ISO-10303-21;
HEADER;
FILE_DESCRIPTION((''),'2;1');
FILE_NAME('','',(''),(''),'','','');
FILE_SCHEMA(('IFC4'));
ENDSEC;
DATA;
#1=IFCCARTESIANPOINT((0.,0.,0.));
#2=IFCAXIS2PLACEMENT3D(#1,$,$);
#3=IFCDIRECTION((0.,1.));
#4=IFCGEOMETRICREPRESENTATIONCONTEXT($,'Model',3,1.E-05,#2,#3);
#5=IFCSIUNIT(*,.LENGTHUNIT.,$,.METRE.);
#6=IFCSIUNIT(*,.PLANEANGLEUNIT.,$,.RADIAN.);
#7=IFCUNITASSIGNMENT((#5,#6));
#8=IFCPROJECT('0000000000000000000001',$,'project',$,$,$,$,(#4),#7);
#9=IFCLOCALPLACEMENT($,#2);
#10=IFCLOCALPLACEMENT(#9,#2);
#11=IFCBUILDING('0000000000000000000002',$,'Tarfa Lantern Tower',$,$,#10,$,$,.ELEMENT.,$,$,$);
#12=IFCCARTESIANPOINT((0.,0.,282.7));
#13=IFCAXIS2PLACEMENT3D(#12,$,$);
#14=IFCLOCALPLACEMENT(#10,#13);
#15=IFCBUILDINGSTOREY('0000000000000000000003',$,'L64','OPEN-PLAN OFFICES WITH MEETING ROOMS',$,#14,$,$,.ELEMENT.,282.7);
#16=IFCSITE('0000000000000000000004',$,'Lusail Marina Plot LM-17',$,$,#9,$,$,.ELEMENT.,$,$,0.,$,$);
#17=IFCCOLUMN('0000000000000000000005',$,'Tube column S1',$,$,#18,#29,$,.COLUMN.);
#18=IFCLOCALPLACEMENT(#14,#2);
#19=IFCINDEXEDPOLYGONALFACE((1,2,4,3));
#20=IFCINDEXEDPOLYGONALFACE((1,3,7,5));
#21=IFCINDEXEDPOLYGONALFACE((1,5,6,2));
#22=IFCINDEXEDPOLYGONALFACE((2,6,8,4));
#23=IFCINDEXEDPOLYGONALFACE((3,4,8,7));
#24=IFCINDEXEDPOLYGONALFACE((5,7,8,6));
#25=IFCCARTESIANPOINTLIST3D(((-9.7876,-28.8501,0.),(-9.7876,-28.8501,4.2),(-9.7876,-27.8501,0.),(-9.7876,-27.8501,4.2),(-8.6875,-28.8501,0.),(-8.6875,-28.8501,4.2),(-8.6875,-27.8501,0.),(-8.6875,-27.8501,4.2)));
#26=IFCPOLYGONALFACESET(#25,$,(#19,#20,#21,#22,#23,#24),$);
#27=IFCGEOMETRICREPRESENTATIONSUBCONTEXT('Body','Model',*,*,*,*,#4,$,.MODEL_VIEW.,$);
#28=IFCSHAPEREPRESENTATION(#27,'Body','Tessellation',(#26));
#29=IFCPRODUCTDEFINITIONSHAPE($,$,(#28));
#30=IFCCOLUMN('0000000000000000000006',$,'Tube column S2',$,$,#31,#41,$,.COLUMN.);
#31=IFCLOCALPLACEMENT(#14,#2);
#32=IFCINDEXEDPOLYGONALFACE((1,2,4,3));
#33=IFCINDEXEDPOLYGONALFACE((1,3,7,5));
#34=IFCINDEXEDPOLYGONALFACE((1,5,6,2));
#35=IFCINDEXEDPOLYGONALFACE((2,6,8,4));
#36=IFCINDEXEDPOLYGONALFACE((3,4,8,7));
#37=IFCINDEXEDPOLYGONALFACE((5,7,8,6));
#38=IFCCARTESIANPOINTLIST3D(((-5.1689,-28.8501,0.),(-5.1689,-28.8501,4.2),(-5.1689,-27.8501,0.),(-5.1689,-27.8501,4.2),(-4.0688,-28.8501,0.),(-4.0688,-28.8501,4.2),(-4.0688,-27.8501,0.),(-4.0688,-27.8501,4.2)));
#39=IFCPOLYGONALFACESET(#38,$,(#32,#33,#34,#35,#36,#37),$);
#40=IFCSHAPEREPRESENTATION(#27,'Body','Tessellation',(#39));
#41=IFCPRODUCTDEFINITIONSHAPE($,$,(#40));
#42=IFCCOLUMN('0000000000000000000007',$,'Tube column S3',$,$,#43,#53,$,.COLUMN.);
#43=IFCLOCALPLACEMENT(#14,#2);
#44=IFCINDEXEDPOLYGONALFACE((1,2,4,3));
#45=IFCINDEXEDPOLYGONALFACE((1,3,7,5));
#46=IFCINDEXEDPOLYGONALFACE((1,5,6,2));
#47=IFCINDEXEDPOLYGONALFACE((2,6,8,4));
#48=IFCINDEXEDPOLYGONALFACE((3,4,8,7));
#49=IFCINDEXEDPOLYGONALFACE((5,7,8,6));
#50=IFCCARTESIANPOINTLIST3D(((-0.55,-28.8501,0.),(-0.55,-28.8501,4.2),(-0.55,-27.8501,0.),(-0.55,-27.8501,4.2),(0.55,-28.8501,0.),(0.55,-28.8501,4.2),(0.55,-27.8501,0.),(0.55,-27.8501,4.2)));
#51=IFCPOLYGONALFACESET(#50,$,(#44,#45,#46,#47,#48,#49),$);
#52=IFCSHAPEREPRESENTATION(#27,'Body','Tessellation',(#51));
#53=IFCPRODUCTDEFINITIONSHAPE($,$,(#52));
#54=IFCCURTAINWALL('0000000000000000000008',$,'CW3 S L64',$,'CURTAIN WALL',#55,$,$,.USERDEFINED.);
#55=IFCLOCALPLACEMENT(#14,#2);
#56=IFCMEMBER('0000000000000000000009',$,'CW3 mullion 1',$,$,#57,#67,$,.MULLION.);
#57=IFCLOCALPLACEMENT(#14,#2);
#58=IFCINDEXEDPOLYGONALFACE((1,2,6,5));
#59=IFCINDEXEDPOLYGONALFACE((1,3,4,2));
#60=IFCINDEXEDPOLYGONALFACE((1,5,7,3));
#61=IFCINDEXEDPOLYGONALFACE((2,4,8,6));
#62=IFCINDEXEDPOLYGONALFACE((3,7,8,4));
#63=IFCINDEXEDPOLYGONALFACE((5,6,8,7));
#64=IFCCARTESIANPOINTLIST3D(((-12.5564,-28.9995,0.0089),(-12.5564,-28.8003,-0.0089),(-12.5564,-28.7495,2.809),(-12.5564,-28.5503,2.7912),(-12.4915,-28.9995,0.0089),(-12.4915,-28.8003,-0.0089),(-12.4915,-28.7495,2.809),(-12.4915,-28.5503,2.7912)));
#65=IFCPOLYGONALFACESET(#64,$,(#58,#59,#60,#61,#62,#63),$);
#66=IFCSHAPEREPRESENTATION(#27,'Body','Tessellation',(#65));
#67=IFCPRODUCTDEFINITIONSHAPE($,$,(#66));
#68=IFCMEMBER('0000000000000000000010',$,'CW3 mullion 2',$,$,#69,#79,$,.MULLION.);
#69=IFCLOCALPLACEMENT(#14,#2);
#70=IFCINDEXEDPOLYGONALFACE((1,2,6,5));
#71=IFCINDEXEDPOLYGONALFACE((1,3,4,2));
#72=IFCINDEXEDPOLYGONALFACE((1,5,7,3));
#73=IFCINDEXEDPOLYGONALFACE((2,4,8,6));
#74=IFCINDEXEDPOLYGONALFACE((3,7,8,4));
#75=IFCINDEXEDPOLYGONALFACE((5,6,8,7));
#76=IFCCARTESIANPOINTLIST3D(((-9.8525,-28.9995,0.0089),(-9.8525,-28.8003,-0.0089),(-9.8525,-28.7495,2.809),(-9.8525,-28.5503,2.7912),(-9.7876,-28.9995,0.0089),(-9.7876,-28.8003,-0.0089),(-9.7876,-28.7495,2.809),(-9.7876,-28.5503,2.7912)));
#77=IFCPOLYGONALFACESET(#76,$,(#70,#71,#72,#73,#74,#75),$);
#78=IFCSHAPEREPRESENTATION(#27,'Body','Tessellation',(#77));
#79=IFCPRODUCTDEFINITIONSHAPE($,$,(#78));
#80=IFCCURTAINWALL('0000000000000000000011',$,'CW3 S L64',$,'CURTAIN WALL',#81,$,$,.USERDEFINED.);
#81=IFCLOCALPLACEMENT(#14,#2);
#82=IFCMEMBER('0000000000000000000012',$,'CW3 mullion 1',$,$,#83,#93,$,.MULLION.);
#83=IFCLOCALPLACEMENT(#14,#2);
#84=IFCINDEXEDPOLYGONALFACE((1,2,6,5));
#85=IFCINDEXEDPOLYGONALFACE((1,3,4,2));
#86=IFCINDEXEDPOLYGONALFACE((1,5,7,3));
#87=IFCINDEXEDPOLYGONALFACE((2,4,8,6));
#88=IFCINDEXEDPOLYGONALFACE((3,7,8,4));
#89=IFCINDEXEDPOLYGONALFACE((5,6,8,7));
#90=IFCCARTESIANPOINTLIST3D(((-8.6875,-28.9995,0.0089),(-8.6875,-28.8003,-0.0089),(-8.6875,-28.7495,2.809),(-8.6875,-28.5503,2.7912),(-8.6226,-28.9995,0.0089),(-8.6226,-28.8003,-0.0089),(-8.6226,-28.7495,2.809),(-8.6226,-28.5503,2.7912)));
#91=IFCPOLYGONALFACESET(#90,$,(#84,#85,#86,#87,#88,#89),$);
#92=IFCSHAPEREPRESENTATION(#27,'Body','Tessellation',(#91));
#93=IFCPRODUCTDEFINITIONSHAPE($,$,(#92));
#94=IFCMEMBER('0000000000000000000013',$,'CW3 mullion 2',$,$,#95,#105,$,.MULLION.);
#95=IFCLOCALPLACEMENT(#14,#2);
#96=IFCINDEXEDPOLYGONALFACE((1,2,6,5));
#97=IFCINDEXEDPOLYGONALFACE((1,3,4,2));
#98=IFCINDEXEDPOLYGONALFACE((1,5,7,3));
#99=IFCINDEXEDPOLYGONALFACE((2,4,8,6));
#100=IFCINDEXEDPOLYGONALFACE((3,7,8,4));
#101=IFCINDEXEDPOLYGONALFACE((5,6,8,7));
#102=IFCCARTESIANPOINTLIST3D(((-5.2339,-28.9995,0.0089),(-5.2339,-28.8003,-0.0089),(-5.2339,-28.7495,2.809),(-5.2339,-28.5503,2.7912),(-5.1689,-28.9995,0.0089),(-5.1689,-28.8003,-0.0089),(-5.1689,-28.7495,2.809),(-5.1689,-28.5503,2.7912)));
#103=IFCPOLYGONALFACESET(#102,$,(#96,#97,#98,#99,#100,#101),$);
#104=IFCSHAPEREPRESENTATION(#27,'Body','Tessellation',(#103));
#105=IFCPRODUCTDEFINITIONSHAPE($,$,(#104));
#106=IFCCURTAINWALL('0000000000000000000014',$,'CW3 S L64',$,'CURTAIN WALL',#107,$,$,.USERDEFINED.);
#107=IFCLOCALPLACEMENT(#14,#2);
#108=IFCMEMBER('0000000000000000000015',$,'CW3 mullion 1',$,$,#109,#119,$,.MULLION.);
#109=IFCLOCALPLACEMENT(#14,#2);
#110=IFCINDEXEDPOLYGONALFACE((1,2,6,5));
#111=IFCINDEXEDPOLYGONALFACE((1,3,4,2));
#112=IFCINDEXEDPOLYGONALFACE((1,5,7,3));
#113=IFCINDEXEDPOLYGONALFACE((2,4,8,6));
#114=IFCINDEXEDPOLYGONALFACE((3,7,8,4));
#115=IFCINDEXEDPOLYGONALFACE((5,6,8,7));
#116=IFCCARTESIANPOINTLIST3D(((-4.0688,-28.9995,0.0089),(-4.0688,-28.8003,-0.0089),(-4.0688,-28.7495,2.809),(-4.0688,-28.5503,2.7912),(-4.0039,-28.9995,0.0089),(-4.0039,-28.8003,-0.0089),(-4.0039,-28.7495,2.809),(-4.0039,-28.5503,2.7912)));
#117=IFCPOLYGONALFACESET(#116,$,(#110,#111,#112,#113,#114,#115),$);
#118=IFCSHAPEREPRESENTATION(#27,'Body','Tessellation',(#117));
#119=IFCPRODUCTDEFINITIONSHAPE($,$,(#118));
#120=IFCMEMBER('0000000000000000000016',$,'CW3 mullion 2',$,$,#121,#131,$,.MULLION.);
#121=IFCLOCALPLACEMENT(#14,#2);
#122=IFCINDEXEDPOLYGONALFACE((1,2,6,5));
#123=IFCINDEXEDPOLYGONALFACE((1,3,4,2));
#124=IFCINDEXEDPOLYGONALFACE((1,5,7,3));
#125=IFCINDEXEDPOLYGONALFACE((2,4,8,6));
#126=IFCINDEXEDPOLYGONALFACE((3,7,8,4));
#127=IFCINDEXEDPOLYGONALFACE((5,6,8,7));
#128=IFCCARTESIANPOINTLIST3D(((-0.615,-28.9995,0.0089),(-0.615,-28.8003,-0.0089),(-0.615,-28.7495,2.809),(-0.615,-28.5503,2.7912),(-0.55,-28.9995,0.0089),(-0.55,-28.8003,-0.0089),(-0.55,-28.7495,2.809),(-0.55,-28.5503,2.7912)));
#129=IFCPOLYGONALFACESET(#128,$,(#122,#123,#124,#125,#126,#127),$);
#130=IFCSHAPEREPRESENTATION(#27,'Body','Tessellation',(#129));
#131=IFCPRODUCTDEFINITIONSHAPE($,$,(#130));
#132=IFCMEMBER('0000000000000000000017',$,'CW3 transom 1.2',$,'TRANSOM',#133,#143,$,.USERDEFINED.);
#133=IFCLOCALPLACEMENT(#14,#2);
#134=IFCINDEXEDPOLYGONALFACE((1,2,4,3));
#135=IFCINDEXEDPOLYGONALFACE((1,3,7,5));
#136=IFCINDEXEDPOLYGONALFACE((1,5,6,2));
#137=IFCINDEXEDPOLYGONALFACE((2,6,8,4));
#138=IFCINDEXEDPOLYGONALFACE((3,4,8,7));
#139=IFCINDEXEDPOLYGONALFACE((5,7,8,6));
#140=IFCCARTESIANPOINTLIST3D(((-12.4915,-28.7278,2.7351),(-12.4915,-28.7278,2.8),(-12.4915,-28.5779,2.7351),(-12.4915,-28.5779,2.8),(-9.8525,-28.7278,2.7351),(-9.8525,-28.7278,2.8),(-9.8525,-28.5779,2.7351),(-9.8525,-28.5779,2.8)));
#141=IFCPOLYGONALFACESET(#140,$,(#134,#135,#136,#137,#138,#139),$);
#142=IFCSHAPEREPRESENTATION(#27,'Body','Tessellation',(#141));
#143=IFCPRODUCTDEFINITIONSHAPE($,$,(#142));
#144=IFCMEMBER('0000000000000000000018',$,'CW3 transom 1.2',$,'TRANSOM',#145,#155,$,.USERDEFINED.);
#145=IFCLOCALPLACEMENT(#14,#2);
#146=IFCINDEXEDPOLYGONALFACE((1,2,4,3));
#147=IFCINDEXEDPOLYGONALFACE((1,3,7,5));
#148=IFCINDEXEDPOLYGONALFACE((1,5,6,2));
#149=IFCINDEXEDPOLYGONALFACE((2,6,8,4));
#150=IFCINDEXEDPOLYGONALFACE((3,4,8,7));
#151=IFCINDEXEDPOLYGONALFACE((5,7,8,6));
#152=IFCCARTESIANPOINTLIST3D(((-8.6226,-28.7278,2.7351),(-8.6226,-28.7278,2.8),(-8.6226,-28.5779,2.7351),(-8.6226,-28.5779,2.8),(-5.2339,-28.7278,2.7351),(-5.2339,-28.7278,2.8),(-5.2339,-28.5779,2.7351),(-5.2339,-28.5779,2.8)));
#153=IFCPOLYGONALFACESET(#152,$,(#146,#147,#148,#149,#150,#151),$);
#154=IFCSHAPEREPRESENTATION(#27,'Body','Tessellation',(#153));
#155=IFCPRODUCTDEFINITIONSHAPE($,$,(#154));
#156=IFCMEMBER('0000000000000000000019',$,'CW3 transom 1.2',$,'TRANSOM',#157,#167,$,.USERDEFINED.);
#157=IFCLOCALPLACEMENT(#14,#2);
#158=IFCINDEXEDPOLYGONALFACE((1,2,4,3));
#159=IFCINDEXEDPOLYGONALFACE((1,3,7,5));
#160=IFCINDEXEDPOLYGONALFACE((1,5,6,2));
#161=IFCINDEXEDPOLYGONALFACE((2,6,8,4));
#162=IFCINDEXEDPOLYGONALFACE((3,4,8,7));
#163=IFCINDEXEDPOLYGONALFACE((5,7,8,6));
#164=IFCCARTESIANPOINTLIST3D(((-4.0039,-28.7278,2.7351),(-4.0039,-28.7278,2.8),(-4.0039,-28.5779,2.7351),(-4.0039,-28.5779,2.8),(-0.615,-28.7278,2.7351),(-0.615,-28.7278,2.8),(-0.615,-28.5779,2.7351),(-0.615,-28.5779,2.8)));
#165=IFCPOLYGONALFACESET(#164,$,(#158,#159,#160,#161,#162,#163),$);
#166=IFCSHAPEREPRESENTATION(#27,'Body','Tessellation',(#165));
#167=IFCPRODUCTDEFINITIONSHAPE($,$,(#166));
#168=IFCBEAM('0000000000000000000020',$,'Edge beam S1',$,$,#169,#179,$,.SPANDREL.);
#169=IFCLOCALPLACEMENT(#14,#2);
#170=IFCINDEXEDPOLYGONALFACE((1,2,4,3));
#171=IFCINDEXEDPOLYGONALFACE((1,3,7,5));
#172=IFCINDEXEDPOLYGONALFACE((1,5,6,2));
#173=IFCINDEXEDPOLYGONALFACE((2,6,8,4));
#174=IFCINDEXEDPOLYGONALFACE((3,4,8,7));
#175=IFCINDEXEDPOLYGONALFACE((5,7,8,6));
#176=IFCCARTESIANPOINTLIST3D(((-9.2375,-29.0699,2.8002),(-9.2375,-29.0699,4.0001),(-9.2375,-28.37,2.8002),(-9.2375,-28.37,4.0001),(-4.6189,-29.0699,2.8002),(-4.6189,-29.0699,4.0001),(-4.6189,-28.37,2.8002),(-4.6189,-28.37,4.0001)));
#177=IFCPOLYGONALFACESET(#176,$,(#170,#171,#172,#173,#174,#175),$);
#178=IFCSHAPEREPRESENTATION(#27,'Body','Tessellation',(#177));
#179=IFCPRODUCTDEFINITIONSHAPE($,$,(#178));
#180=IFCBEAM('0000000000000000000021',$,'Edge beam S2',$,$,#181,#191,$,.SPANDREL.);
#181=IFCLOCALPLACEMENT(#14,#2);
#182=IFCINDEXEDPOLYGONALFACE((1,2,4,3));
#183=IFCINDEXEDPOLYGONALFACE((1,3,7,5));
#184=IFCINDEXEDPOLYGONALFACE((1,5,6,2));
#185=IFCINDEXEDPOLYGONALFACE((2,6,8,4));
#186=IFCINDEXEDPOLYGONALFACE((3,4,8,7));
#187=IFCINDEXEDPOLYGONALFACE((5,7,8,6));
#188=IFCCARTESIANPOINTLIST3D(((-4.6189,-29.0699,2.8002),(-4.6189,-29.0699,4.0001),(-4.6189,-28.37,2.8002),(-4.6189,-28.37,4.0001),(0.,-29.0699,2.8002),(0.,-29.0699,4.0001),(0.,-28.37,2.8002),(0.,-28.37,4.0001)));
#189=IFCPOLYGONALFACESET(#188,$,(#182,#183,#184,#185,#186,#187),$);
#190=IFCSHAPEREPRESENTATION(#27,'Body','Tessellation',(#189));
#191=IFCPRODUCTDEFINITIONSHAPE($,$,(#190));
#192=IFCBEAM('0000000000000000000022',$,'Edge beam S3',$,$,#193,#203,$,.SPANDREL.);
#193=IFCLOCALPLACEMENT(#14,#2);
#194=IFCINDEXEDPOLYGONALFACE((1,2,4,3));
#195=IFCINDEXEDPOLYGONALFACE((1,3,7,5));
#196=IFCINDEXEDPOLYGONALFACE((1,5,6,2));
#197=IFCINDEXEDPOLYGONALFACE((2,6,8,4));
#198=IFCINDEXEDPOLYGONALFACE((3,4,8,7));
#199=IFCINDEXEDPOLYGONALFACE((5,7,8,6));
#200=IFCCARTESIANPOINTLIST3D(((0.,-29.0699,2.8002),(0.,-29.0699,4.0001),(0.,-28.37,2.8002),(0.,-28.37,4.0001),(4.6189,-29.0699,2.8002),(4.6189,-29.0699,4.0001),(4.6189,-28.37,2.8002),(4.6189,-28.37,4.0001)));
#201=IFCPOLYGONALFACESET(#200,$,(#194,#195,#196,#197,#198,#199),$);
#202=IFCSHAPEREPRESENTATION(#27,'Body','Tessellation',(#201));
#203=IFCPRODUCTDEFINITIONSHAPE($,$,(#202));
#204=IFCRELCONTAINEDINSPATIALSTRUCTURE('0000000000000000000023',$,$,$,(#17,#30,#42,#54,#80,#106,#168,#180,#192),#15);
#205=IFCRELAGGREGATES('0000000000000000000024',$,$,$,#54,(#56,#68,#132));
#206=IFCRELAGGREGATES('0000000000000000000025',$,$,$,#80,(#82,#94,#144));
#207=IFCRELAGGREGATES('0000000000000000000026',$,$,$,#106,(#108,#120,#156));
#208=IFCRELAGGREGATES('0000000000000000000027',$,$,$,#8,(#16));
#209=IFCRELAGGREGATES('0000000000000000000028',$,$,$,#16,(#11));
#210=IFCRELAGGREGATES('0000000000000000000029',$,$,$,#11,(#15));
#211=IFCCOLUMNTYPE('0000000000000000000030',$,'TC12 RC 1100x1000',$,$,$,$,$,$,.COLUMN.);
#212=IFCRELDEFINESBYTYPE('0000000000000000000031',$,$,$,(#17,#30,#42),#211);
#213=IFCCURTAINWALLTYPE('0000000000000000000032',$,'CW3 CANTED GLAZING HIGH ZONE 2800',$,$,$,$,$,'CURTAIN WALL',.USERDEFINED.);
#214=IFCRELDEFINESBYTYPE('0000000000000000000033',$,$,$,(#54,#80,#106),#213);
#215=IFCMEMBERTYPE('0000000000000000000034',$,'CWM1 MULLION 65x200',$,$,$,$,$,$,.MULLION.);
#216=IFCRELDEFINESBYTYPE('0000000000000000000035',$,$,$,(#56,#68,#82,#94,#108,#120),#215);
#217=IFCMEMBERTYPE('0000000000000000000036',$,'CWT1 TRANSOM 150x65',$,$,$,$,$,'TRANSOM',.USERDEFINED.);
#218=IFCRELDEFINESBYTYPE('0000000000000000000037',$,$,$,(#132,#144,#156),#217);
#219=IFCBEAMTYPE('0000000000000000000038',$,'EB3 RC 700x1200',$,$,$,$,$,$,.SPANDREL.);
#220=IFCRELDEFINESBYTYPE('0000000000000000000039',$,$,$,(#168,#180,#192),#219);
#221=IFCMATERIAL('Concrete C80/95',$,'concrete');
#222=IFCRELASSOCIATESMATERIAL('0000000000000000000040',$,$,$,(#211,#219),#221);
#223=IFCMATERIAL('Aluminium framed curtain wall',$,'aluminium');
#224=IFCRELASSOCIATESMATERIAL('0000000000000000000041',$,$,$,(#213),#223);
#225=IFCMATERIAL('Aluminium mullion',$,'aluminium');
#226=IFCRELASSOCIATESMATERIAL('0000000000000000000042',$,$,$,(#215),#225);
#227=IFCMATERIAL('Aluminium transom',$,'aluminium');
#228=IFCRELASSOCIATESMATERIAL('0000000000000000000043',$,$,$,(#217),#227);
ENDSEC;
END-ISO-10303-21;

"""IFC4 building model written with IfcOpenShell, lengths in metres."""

from ifc_helpers import new_model, si_unit, direction, frame, origin, origin_2d, place, context, subcontext, project, spatial, rectangle, extrude, material, material_profile, profile_set, type_object, element, aggregate, save


model = new_model("IFC4")

# Units and contexts
model_context = context("Model", 3, precision=1e-05, world=origin(), true_north=direction((0.0, 1.0)))
body_context = subcontext(model_context, "Body", "Model", "MODEL_VIEW")
ifc_project = project(units=[si_unit("LENGTHUNIT", "METRE"), si_unit("PLANEANGLEUNIT", "RADIAN")], contexts=[model_context])

# Site, building, storey
site_placement = place(None, origin())
site = spatial("IfcSite", under=ifc_project, at=site_placement, Name="Lusail Marina Plot LM-17", CompositionType="ELEMENT", RefElevation=0.0)
building_placement = place(site_placement, origin())
building = spatial("IfcBuilding", under=site, at=building_placement, Name="Tarfa Lantern Tower", CompositionType="ELEMENT")
storey_placement = place(building_placement, frame((0.0, 0.0, 282.7)))
storey = spatial("IfcBuildingStorey", under=building, at=storey_placement, Name="L64", Description="OPEN-PLAN OFFICES WITH MEETING ROOMS", CompositionType="ELEMENT", Elevation=282.7)

# Columns
ifc_material_1 = material(Name="Concrete C80/95", Category="concrete")
ifc_material_profile_1 = material_profile(ifc_material_1, rectangle(XDim=1.1001, YDim=1.0, at=origin_2d()), Name="RC 1100x1000")
ifc_profile_set_1 = profile_set([ifc_material_profile_1], Name="Concrete C80/95")
column_type = type_object("IfcColumnType", Name="TC12 RC 1100x1000", PredefinedType="COLUMN", material=ifc_profile_set_1)
for number, where, z_axis, x_axis, name in (
    (1, (-9.2375, -28.3501, 0.0), (0.0, 0.0, 1.0), (1.0, 0.0, 0.0), "Tube column S1"),
    (2, (-4.6189, -28.3501, 0.0), (0.0, 0.0, 1.0), (1.0, 0.0, 0.0), "Tube column S2"),
    (3, (0.0, -28.3501, 0.0), (0.0, 0.0, 1.0), (1.0, 0.0, 0.0), "Tube column S3"),
):
    element("IfcColumn", number, at=place(storey_placement, frame(where, z_axis=z_axis, x_axis=x_axis)), inside=storey, type_object=column_type, Name=name, PredefinedType="COLUMN", context=body_context, shape_type="SweptSolid", body=[
        extrude(rectangle(XDim=1.1001, YDim=1.0, at=origin_2d()), origin(), (0.0, 0.0, 1.0), 4.2),
    ])

# Curtain walls, members
ifc_material_2 = material(Name="Aluminium framed curtain wall", Category="aluminium")
curtain_wall_type = type_object("IfcCurtainWallType", Name="CW3 CANTED GLAZING HIGH ZONE 2800", ElementType="CURTAIN WALL", PredefinedType="USERDEFINED", material=ifc_material_2)
curtain_wall_1_placement = place(storey_placement, origin())
curtain_wall_1 = element("IfcCurtainWall", 4, at=curtain_wall_1_placement, inside=storey, type_object=curtain_wall_type, Name="CW3 S L64", ObjectType="CURTAIN WALL", PredefinedType="USERDEFINED")
ifc_material_3 = material(Name="Aluminium mullion", Category="aluminium")
ifc_material_profile_2 = material_profile(ifc_material_3, rectangle(XDim=0.0649, YDim=0.2, at=origin_2d()), Name="AL MULLION 65x200")
ifc_profile_set_2 = profile_set([ifc_material_profile_2], Name="Aluminium mullion")
member_type_1 = type_object("IfcMemberType", Name="CWM1 MULLION 65x200", PredefinedType="MULLION", material=ifc_profile_set_2)
member_1_placement = place(storey_placement, frame((-12.5239, -28.8999, 0.0), z_axis=(0.0, 0.08893, 0.996038), x_axis=(-1.0, 0.0, 0.0)))
member_1 = element("IfcMember", 5, at=member_1_placement, type_object=member_type_1, Name="CW3 mullion 1", PredefinedType="MULLION", context=body_context, shape_type="SweptSolid", body=[
    extrude(rectangle(XDim=0.0649, YDim=0.2, at=origin_2d()), origin(), (0.0, 0.0, 1.0), 2.8113),
])
member_2_placement = place(storey_placement, frame((-9.8201, -28.8999, 0.0), z_axis=(0.0, 0.08893, 0.996038), x_axis=(-1.0, 0.0, 0.0)))
member_2 = element("IfcMember", 6, at=member_2_placement, type_object=member_type_1, Name="CW3 mullion 2", PredefinedType="MULLION", context=body_context, shape_type="SweptSolid", body=[
    extrude(rectangle(XDim=0.0649, YDim=0.2, at=origin_2d()), origin(), (0.0, 0.0, 1.0), 2.8113),
])
curtain_wall_2_placement = place(storey_placement, origin())
curtain_wall_2 = element("IfcCurtainWall", 7, at=curtain_wall_2_placement, inside=storey, type_object=curtain_wall_type, Name="CW3 S L64", ObjectType="CURTAIN WALL", PredefinedType="USERDEFINED")
member_3_placement = place(storey_placement, frame((-8.655, -28.8999, 0.0), z_axis=(0.0, 0.08893, 0.996038), x_axis=(-1.0, 0.0, 0.0)))
member_3 = element("IfcMember", 8, at=member_3_placement, type_object=member_type_1, Name="CW3 mullion 1", PredefinedType="MULLION", context=body_context, shape_type="SweptSolid", body=[
    extrude(rectangle(XDim=0.0649, YDim=0.2, at=origin_2d()), origin(), (0.0, 0.0, 1.0), 2.8113),
])
member_4_placement = place(storey_placement, frame((-5.2014, -28.8999, 0.0), z_axis=(0.0, 0.08893, 0.996038), x_axis=(-1.0, 0.0, 0.0)))
member_4 = element("IfcMember", 9, at=member_4_placement, type_object=member_type_1, Name="CW3 mullion 2", PredefinedType="MULLION", context=body_context, shape_type="SweptSolid", body=[
    extrude(rectangle(XDim=0.0649, YDim=0.2, at=origin_2d()), origin(), (0.0, 0.0, 1.0), 2.8113),
])
curtain_wall_3_placement = place(storey_placement, origin())
curtain_wall_3 = element("IfcCurtainWall", 10, at=curtain_wall_3_placement, inside=storey, type_object=curtain_wall_type, Name="CW3 S L64", ObjectType="CURTAIN WALL", PredefinedType="USERDEFINED")
member_5_placement = place(storey_placement, frame((-4.0364, -28.8999, 0.0), z_axis=(0.0, 0.08893, 0.996038), x_axis=(-1.0, 0.0, 0.0)))
member_5 = element("IfcMember", 11, at=member_5_placement, type_object=member_type_1, Name="CW3 mullion 1", PredefinedType="MULLION", context=body_context, shape_type="SweptSolid", body=[
    extrude(rectangle(XDim=0.0649, YDim=0.2, at=origin_2d()), origin(), (0.0, 0.0, 1.0), 2.8113),
])
member_6_placement = place(storey_placement, frame((-0.5825, -28.8999, 0.0), z_axis=(0.0, 0.08893, 0.996038), x_axis=(-1.0, 0.0, 0.0)))
member_6 = element("IfcMember", 12, at=member_6_placement, type_object=member_type_1, Name="CW3 mullion 2", PredefinedType="MULLION", context=body_context, shape_type="SweptSolid", body=[
    extrude(rectangle(XDim=0.0649, YDim=0.2, at=origin_2d()), origin(), (0.0, 0.0, 1.0), 2.8113),
])

# Members
ifc_material_4 = material(Name="Aluminium transom", Category="aluminium")
ifc_material_profile_3 = material_profile(ifc_material_4, rectangle(XDim=0.1499, YDim=0.0649, at=origin_2d()), Name="AL TRANSOM 150x65")
ifc_profile_set_3 = profile_set([ifc_material_profile_3], Name="Aluminium transom")
member_type_2 = type_object("IfcMemberType", Name="CWT1 TRANSOM 150x65", ElementType="TRANSOM", PredefinedType="USERDEFINED", material=ifc_profile_set_3)
member_7_placement = place(storey_placement, frame((-12.4915, -28.6528, 2.7676), z_axis=(1.0, 0.0, 0.0), x_axis=(0.0, 1.0, 0.0)))
member_7 = element("IfcMember", 13, at=member_7_placement, type_object=member_type_2, Name="CW3 transom 1.2", ObjectType="TRANSOM", PredefinedType="USERDEFINED", context=body_context, shape_type="SweptSolid", body=[
    extrude(rectangle(XDim=0.1499, YDim=0.0649, at=origin_2d()), origin(), (0.0, 0.0, 1.0), 2.6389),
])
member_8_placement = place(storey_placement, frame((-8.6226, -28.6528, 2.7676), z_axis=(1.0, 0.0, 0.0), x_axis=(0.0, 1.0, 0.0)))
member_8 = element("IfcMember", 14, at=member_8_placement, type_object=member_type_2, Name="CW3 transom 1.2", ObjectType="TRANSOM", PredefinedType="USERDEFINED", context=body_context, shape_type="SweptSolid", body=[
    extrude(rectangle(XDim=0.1499, YDim=0.0649, at=origin_2d()), origin(), (0.0, 0.0, 1.0), 3.3887),
])
member_9_placement = place(storey_placement, frame((-4.0039, -28.6528, 2.7676), z_axis=(1.0, 0.0, 0.0), x_axis=(0.0, 1.0, 0.0)))
member_9 = element("IfcMember", 15, at=member_9_placement, type_object=member_type_2, Name="CW3 transom 1.2", ObjectType="TRANSOM", PredefinedType="USERDEFINED", context=body_context, shape_type="SweptSolid", body=[
    extrude(rectangle(XDim=0.1499, YDim=0.0649, at=origin_2d()), origin(), (0.0, 0.0, 1.0), 3.3889),
])

# Beams
ifc_material_profile_4 = material_profile(ifc_material_1, rectangle(XDim=0.7, YDim=1.2, at=origin_2d()), Name="RC 700x1200")
ifc_profile_set_4 = profile_set([ifc_material_profile_4], Name="Concrete C80/95")
beam_type_1 = type_object("IfcBeamType", Name="EB3 RC 700x1200", PredefinedType="SPANDREL", material=ifc_profile_set_4)
beam_placement = place(storey_placement, frame((-9.2375, -28.72, 3.4001), z_axis=(1.0, 0.0, 0.0), x_axis=(0.0, 1.0, 0.0)))
element("IfcBeam", 16, at=beam_placement, inside=storey, type_object=beam_type_1, Name="Edge beam S1", PredefinedType="SPANDREL", context=body_context, shape_type="SweptSolid", body=[
    extrude(rectangle(XDim=0.7, YDim=1.2, at=origin_2d()), origin(), (0.0, 0.0, 1.0), 4.6187),
])
for number, where, z_axis, x_axis, name in (
    (17, (-4.6189, -28.72, 3.4001), (1.0, 0.0, 0.0), (0.0, 1.0, 0.0), "Edge beam S2"),
    (18, (0.0, -28.72, 3.4001), (1.0, 0.0, 0.0), (0.0, 1.0, 0.0), "Edge beam S3"),
):
    element("IfcBeam", number, at=place(storey_placement, frame(where, z_axis=z_axis, x_axis=x_axis)), inside=storey, type_object=beam_type_1, Name=name, PredefinedType="SPANDREL", context=body_context, shape_type="SweptSolid", body=[
        extrude(rectangle(XDim=0.7, YDim=1.2, at=origin_2d()), origin(), (0.0, 0.0, 1.0), 4.6189),
    ])

aggregate(curtain_wall_1, [member_1, member_2, member_7])
aggregate(curtain_wall_2, [member_3, member_4, member_8])
aggregate(curtain_wall_3, [member_5, member_6, member_9])

save(model, "model.ifc")
